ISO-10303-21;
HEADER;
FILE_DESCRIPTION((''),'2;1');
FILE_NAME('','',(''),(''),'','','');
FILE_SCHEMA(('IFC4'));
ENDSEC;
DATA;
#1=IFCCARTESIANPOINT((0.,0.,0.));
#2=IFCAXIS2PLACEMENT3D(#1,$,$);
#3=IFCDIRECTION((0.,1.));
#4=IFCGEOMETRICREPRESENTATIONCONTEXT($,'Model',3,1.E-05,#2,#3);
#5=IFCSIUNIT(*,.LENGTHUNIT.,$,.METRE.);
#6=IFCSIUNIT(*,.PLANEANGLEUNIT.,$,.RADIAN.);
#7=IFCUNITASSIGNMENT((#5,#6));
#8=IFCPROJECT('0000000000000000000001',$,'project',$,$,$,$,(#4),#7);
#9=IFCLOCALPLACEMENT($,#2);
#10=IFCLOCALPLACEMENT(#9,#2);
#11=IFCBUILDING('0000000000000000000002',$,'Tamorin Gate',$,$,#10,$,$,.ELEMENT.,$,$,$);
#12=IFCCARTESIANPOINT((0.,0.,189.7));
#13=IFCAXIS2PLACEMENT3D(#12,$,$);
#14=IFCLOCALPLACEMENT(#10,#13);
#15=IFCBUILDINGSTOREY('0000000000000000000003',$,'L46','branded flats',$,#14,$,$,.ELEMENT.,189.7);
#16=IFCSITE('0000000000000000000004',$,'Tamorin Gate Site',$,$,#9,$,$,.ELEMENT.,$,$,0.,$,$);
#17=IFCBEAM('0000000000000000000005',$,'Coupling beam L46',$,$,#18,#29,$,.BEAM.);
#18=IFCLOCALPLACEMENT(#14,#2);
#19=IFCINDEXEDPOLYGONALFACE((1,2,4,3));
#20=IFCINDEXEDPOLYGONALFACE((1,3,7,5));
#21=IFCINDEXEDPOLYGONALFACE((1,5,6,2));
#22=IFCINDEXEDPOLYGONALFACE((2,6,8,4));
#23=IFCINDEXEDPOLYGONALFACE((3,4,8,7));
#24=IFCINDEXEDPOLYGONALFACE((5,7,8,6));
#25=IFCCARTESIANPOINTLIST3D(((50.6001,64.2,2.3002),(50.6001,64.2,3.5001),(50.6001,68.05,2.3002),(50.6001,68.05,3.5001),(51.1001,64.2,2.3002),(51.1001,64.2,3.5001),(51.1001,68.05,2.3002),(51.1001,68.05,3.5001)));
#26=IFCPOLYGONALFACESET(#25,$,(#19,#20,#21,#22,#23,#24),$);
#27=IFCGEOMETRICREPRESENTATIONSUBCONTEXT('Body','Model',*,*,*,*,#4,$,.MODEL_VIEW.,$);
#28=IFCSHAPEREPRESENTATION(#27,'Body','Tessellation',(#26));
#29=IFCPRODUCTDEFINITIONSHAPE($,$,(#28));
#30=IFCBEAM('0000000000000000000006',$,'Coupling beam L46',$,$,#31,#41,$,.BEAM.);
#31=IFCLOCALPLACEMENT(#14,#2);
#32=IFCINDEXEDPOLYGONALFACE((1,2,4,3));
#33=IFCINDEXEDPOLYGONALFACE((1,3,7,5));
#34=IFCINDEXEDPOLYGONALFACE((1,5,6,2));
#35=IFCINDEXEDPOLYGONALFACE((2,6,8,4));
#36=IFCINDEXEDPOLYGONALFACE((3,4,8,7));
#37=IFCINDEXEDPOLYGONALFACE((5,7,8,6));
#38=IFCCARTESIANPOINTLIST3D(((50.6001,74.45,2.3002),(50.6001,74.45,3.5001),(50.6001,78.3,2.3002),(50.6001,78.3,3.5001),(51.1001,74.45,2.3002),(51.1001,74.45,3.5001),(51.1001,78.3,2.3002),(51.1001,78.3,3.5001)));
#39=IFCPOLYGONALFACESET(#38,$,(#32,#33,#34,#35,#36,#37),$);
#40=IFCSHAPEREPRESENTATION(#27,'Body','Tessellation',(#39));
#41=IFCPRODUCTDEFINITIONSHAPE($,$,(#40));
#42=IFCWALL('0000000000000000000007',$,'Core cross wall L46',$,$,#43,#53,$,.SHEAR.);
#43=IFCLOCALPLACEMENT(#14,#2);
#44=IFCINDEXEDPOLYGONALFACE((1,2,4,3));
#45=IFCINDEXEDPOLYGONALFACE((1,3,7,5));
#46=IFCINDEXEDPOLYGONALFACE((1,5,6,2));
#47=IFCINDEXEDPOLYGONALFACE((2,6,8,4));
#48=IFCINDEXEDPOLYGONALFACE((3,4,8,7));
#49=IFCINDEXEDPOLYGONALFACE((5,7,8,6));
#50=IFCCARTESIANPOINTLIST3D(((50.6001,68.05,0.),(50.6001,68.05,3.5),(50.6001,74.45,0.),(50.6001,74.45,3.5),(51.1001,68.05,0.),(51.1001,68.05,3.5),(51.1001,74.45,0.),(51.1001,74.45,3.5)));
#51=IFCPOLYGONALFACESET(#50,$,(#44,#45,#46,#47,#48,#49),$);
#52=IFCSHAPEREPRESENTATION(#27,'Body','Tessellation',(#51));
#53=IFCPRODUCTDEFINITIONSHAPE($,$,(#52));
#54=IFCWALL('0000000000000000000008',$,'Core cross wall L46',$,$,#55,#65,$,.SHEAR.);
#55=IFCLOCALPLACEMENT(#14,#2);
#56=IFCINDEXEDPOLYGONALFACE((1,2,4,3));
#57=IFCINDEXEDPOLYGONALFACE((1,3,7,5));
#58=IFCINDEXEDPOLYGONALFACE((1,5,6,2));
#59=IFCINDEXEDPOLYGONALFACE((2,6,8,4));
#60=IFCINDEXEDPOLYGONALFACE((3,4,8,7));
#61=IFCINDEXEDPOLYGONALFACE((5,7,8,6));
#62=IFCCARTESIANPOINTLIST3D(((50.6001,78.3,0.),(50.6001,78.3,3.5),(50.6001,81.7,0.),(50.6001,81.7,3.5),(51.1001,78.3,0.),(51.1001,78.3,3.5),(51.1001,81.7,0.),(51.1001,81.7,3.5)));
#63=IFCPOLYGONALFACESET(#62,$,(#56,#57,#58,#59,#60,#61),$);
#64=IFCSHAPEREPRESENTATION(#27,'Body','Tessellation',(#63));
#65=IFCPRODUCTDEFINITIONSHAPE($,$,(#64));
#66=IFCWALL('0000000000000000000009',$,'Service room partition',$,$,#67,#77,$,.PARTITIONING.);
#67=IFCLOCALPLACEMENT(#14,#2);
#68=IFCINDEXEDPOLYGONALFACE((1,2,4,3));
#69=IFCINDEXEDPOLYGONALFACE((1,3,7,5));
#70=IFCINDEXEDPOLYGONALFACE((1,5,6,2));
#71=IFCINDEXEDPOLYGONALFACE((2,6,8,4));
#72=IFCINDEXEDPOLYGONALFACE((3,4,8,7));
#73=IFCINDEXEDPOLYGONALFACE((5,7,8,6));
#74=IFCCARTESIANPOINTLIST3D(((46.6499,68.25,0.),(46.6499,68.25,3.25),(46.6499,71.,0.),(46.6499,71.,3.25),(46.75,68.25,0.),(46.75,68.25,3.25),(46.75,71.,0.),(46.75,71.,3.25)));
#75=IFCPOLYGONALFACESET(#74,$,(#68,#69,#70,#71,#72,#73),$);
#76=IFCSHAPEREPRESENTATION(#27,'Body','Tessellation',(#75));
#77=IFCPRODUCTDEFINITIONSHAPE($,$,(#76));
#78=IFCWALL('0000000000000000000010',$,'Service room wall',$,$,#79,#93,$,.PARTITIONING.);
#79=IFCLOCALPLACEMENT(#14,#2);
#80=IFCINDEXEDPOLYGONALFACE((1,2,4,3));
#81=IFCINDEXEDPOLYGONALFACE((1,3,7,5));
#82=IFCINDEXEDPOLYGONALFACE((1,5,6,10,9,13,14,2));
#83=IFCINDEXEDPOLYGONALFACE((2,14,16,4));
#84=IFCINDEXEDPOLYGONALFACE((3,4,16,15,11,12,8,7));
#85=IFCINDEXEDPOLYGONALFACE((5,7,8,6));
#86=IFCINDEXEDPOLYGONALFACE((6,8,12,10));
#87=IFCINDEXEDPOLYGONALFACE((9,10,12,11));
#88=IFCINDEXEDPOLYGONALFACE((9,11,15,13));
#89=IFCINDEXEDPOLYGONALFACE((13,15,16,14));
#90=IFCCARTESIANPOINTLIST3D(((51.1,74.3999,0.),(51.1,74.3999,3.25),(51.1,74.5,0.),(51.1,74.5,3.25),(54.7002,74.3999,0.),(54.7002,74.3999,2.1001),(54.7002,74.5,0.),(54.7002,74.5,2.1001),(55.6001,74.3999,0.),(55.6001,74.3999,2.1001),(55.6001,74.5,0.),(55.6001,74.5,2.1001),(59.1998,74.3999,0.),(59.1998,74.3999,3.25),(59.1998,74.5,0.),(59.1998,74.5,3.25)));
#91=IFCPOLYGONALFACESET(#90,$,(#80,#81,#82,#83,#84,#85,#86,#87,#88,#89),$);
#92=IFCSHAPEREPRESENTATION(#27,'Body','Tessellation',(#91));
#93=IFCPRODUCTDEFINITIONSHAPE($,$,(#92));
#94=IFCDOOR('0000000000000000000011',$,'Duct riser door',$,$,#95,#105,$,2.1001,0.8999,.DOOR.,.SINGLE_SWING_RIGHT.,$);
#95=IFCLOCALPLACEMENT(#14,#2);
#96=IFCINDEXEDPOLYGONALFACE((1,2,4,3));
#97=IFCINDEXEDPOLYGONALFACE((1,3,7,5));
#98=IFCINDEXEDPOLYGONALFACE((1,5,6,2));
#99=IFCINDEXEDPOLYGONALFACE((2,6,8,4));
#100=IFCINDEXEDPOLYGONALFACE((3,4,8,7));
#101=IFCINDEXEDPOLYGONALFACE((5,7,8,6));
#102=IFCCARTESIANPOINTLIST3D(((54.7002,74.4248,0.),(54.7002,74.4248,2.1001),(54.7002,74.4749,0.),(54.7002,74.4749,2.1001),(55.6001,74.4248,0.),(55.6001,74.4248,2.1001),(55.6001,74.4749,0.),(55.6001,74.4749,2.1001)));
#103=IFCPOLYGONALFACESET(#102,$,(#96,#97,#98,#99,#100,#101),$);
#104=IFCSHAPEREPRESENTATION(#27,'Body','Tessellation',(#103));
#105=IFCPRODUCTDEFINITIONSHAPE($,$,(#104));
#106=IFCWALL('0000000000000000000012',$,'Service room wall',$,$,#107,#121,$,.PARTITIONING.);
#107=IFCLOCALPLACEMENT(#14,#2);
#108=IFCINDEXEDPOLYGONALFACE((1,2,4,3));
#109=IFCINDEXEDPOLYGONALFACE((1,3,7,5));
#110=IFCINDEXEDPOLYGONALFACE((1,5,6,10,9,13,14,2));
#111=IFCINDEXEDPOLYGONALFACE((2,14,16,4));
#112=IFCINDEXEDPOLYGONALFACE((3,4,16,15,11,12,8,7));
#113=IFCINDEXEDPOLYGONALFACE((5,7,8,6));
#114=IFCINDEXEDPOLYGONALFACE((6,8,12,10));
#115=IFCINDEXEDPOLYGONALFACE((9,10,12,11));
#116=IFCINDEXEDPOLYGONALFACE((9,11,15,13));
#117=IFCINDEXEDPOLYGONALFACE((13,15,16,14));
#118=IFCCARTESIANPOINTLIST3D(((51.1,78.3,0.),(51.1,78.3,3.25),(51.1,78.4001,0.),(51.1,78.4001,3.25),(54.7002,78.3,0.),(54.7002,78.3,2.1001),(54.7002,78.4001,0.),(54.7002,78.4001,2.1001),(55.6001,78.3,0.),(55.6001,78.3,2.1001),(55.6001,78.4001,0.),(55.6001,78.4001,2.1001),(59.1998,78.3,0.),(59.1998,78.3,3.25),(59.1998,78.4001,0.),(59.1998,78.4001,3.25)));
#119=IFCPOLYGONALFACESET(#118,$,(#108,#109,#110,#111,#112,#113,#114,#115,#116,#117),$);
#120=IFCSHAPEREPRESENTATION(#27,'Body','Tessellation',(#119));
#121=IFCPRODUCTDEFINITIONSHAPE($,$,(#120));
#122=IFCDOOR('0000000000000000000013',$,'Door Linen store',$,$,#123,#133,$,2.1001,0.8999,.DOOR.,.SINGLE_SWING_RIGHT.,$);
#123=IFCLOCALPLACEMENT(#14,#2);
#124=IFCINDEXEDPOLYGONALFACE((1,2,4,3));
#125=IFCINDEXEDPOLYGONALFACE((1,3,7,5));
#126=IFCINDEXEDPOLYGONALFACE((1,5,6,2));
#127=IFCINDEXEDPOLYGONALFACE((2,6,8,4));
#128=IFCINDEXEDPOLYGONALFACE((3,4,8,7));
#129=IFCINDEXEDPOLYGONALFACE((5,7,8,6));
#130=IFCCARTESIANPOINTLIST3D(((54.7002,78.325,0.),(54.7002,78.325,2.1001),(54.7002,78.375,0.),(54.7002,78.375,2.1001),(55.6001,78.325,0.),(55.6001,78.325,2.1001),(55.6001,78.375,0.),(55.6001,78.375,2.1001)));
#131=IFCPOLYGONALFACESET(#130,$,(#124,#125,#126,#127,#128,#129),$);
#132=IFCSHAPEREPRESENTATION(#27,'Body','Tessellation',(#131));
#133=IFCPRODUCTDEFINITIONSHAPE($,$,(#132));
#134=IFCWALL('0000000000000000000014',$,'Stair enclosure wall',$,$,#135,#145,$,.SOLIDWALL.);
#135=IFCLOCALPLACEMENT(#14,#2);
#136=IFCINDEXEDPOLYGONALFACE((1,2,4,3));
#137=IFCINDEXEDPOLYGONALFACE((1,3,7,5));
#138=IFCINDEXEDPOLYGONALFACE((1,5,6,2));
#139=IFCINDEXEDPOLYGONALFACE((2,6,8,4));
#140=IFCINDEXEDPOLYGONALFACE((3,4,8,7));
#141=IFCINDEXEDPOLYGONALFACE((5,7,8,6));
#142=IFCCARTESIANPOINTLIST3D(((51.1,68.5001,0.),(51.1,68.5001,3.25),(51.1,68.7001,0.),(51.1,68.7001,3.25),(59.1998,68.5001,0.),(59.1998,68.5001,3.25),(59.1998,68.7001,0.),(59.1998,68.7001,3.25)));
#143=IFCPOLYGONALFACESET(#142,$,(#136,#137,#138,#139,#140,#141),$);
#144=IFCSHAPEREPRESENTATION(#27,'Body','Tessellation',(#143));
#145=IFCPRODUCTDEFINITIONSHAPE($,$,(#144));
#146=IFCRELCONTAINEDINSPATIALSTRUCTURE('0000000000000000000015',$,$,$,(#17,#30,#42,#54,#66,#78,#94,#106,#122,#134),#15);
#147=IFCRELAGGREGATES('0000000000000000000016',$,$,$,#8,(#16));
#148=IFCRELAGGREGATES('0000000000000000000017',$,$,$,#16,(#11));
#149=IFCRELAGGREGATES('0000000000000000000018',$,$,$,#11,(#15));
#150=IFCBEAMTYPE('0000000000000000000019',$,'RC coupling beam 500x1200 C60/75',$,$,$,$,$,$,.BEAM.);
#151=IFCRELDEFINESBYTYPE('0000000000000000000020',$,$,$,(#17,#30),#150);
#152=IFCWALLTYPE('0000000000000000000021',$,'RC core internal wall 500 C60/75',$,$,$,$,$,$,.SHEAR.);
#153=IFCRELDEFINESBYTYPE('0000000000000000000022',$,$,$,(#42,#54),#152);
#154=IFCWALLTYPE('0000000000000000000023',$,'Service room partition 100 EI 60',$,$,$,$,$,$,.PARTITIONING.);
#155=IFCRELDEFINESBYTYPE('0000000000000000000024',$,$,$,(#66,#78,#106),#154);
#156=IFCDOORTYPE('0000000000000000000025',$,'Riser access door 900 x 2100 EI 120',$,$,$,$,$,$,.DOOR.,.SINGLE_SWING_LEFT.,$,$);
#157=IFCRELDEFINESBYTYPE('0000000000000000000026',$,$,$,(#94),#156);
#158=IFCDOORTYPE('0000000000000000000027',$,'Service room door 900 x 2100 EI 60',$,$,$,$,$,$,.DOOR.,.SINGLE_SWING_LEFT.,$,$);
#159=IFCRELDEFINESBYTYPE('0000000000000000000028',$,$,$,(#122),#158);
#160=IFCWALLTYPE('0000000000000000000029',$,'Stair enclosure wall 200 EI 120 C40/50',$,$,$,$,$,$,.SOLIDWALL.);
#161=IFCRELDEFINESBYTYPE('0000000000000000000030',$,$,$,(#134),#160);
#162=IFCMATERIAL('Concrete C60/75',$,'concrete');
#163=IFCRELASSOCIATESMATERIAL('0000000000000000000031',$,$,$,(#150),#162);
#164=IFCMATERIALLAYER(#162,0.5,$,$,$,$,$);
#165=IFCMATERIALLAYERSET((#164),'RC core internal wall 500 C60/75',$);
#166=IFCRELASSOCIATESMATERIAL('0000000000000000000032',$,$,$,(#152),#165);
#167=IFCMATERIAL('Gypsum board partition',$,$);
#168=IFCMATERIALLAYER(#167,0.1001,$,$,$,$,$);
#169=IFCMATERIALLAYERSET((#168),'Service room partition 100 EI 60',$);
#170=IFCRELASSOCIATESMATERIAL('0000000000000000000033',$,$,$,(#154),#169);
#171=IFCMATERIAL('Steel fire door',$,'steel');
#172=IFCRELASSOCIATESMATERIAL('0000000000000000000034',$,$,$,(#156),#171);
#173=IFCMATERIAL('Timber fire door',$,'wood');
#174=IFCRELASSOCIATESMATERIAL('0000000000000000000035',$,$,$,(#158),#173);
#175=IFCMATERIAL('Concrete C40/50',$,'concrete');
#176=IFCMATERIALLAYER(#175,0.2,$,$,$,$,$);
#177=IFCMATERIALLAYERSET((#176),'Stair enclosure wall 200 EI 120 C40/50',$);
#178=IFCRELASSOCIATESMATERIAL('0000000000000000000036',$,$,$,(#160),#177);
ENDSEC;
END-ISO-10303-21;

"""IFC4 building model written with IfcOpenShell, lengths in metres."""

from ifc_helpers import new_model, si_unit, direction, frame, frame_2d, origin, origin_2d, place, context, subcontext, project, spatial, rectangle, extrude, material, layer, layer_set, material_profile, profile_set, type_object, element, fill, save


model = new_model("IFC4")

# Units and contexts
model_context = context("Model", 3, precision=1e-05, world=origin(), true_north=direction((0.0, 1.0)))
body_context = subcontext(model_context, "Body", "Model", "MODEL_VIEW")
ifc_project = project(units=[si_unit("LENGTHUNIT", "METRE"), si_unit("PLANEANGLEUNIT", "RADIAN")], contexts=[model_context])

# Site, building, storey
site_placement = place(None, origin())
site = spatial("IfcSite", under=ifc_project, at=site_placement, Name="Tamorin Gate Site", CompositionType="ELEMENT", RefElevation=0.0)
building_placement = place(site_placement, origin())
building = spatial("IfcBuilding", under=site, at=building_placement, Name="Tamorin Gate", CompositionType="ELEMENT")
storey_placement = place(building_placement, frame((0.0, 0.0, 189.7)))
storey = spatial("IfcBuildingStorey", under=building, at=storey_placement, Name="L46", Description="branded flats", CompositionType="ELEMENT", Elevation=189.7)

# Beams
ifc_material_1 = material(Name="Concrete C60/75", Category="concrete")
ifc_material_profile = material_profile(ifc_material_1, rectangle(XDim=0.5, YDim=1.2, at=origin_2d()), Name="RC 500x1200")
ifc_profile_set = profile_set([ifc_material_profile], Name="Concrete C60/75")
beam_type = type_object("IfcBeamType", Name="RC coupling beam 500x1200 C60/75", PredefinedType="BEAM", material=ifc_profile_set)
for number, where, z_axis, x_axis, name in (
    (1, (50.8501, 64.2, 2.9001), (0.0, 1.0, 0.0), (-1.0, 0.0, 0.0), "Coupling beam L46"),
    (2, (50.8501, 74.45, 2.9001), (0.0, 1.0, 0.0), (-1.0, 0.0, 0.0), "Coupling beam L46"),
):
    element("IfcBeam", number, at=place(storey_placement, frame(where, z_axis=z_axis, x_axis=x_axis)), inside=storey, type_object=beam_type, Name=name, PredefinedType="BEAM", context=body_context, shape_type="SweptSolid", body=[
        extrude(rectangle(XDim=0.5, YDim=1.2, at=origin_2d()), origin(), (0.0, 0.0, 1.0), 3.8501),
    ])

# Walls
ifc_layer_1 = layer(ifc_material_1, 0.5)
ifc_layer_set_1 = layer_set([ifc_layer_1], Name="RC core internal wall 500 C60/75")
wall_type_1 = type_object("IfcWallType", Name="RC core internal wall 500 C60/75", PredefinedType="SHEAR", material=ifc_layer_set_1)
wall_1_placement = place(storey_placement, frame((50.8501, 68.05, 0.0), z_axis=(0.0, 0.0, 1.0), x_axis=(0.0, 1.0, 0.0)))
element("IfcWall", 3, at=wall_1_placement, inside=storey, type_object=wall_type_1, Name="Core cross wall L46", PredefinedType="SHEAR", context=body_context, shape_type="SweptSolid", body=[
    extrude(rectangle(XDim=6.3999, YDim=0.5, at=frame_2d((3.2, 0.0))), origin(), (0.0, 0.0, 1.0), 3.5),
])
wall_2_placement = place(storey_placement, frame((50.8501, 78.3, 0.0), z_axis=(0.0, 0.0, 1.0), x_axis=(0.0, 1.0, 0.0)))
element("IfcWall", 4, at=wall_2_placement, inside=storey, type_object=wall_type_1, Name="Core cross wall L46", PredefinedType="SHEAR", context=body_context, shape_type="SweptSolid", body=[
    extrude(rectangle(XDim=3.3999, YDim=0.5, at=frame_2d((1.7, 0.0))), origin(), (0.0, 0.0, 1.0), 3.5),
])
ifc_material_2 = material(Name="Gypsum board partition")
ifc_layer_2 = layer(ifc_material_2, 0.1001)
ifc_layer_set_2 = layer_set([ifc_layer_2], Name="Service room partition 100 EI 60")
wall_type_2 = type_object("IfcWallType", Name="Service room partition 100 EI 60", PredefinedType="PARTITIONING", material=ifc_layer_set_2)
wall_3_placement = place(storey_placement, frame((46.7, 68.25, 0.0), z_axis=(0.0, 0.0, 1.0), x_axis=(0.0, 1.0, 0.0)))
element("IfcWall", 5, at=wall_3_placement, inside=storey, type_object=wall_type_2, Name="Service room partition", PredefinedType="PARTITIONING", context=body_context, shape_type="SweptSolid", body=[
    extrude(rectangle(XDim=2.75, YDim=0.1001, at=frame_2d((1.375, 0.0))), origin(), (0.0, 0.0, 1.0), 3.25),
])

# Walls, openings, doors
wall_4_placement = place(storey_placement, frame((51.1001, 74.45, 0.0), z_axis=(0.0, 0.0, 1.0), x_axis=(1.0, 0.0, 0.0)))
wall_4 = element("IfcWall", 6, at=wall_4_placement, inside=storey, type_object=wall_type_2, Name="Service room wall", PredefinedType="PARTITIONING", context=body_context, shape_type="SweptSolid", body=[
    extrude(rectangle(XDim=8.0999, YDim=0.1001, at=frame_2d((4.0498, 0.0))), origin(), (0.0, 0.0, 1.0), 3.25),
])
opening_1_placement = place(wall_4_placement, frame((3.6001, 0.0, 0.0)))
opening_1 = element("IfcOpeningElement", 7, at=opening_1_placement, cuts=wall_4, PredefinedType="OPENING", context=body_context, shape_type="SweptSolid", body=[
    extrude(rectangle(XDim=0.8999, YDim=2.1001, at=frame_2d((0.45, 1.05))), frame((0.0, 0.0601, 0.0), z_axis=(0.0, -1.0, 0.0), x_axis=(1.0, 0.0, 0.0)), (0.0, 0.0, 1.0), 0.1201),
])
ifc_material_3 = material(Name="Steel fire door", Category="steel")
door_type_1 = type_object("IfcDoorType", Name="Riser access door 900 x 2100 EI 120", OperationType="SINGLE_SWING_LEFT", PredefinedType="DOOR", material=ifc_material_3)
door_1_placement = place(opening_1_placement, origin())
door_1 = element("IfcDoor", 8, at=door_1_placement, inside=storey, type_object=door_type_1, Name="Duct riser door", OperationType="SINGLE_SWING_RIGHT", OverallHeight=2.1001, OverallWidth=0.8999, PredefinedType="DOOR", context=body_context, shape_type="SweptSolid", body=[
    extrude(rectangle(XDim=0.8999, YDim=2.1001, at=frame_2d((0.45, 1.05))), frame((0.0, 0.0249, 0.0), z_axis=(0.0, -1.0, 0.0), x_axis=(1.0, 0.0, 0.0)), (0.0, 0.0, 1.0), 0.05),
])
fill(opening_1, door_1)
wall_5_placement = place(storey_placement, frame((51.1001, 78.3501, 0.0), z_axis=(0.0, 0.0, 1.0), x_axis=(1.0, 0.0, 0.0)))
wall_5 = element("IfcWall", 9, at=wall_5_placement, inside=storey, type_object=wall_type_2, Name="Service room wall", PredefinedType="PARTITIONING", context=body_context, shape_type="SweptSolid", body=[
    extrude(rectangle(XDim=8.0999, YDim=0.1001, at=frame_2d((4.0498, 0.0))), origin(), (0.0, 0.0, 1.0), 3.25),
])
opening_2_placement = place(wall_5_placement, frame((3.6001, 0.0, 0.0)))
opening_2 = element("IfcOpeningElement", 10, at=opening_2_placement, cuts=wall_5, PredefinedType="OPENING", context=body_context, shape_type="SweptSolid", body=[
    extrude(rectangle(XDim=0.8999, YDim=2.1001, at=frame_2d((0.45, 1.05))), frame((0.0, 0.0601, 0.0), z_axis=(0.0, -1.0, 0.0), x_axis=(1.0, 0.0, 0.0)), (0.0, 0.0, 1.0), 0.1201),
])
ifc_material_4 = material(Name="Timber fire door", Category="wood")
door_type_2 = type_object("IfcDoorType", Name="Service room door 900 x 2100 EI 60", OperationType="SINGLE_SWING_LEFT", PredefinedType="DOOR", material=ifc_material_4)
door_2_placement = place(opening_2_placement, origin())
door_2 = element("IfcDoor", 11, at=door_2_placement, inside=storey, type_object=door_type_2, Name="Door Linen store", OperationType="SINGLE_SWING_RIGHT", OverallHeight=2.1001, OverallWidth=0.8999, PredefinedType="DOOR", context=body_context, shape_type="SweptSolid", body=[
    extrude(rectangle(XDim=0.8999, YDim=2.1001, at=frame_2d((0.45, 1.05))), frame((0.0, 0.0249, 0.0), z_axis=(0.0, -1.0, 0.0), x_axis=(1.0, 0.0, 0.0)), (0.0, 0.0, 1.0), 0.05),
])
fill(opening_2, door_2)

# Wall
ifc_material_5 = material(Name="Concrete C40/50", Category="concrete")
ifc_layer_3 = layer(ifc_material_5, 0.2)
ifc_layer_set_3 = layer_set([ifc_layer_3], Name="Stair enclosure wall 200 EI 120 C40/50")
wall_type_3 = type_object("IfcWallType", Name="Stair enclosure wall 200 EI 120 C40/50", PredefinedType="SOLIDWALL", material=ifc_layer_set_3)
wall_6_placement = place(storey_placement, frame((51.1001, 68.6001, 0.0), z_axis=(0.0, 0.0, 1.0), x_axis=(1.0, 0.0, 0.0)))
element("IfcWall", 12, at=wall_6_placement, inside=storey, type_object=wall_type_3, Name="Stair enclosure wall", PredefinedType="SOLIDWALL", context=body_context, shape_type="SweptSolid", body=[
    extrude(rectangle(XDim=8.0999, YDim=0.2, at=frame_2d((4.0498, 0.0))), origin(), (0.0, 0.0, 1.0), 3.25),
])

save(model, "model.ifc")
